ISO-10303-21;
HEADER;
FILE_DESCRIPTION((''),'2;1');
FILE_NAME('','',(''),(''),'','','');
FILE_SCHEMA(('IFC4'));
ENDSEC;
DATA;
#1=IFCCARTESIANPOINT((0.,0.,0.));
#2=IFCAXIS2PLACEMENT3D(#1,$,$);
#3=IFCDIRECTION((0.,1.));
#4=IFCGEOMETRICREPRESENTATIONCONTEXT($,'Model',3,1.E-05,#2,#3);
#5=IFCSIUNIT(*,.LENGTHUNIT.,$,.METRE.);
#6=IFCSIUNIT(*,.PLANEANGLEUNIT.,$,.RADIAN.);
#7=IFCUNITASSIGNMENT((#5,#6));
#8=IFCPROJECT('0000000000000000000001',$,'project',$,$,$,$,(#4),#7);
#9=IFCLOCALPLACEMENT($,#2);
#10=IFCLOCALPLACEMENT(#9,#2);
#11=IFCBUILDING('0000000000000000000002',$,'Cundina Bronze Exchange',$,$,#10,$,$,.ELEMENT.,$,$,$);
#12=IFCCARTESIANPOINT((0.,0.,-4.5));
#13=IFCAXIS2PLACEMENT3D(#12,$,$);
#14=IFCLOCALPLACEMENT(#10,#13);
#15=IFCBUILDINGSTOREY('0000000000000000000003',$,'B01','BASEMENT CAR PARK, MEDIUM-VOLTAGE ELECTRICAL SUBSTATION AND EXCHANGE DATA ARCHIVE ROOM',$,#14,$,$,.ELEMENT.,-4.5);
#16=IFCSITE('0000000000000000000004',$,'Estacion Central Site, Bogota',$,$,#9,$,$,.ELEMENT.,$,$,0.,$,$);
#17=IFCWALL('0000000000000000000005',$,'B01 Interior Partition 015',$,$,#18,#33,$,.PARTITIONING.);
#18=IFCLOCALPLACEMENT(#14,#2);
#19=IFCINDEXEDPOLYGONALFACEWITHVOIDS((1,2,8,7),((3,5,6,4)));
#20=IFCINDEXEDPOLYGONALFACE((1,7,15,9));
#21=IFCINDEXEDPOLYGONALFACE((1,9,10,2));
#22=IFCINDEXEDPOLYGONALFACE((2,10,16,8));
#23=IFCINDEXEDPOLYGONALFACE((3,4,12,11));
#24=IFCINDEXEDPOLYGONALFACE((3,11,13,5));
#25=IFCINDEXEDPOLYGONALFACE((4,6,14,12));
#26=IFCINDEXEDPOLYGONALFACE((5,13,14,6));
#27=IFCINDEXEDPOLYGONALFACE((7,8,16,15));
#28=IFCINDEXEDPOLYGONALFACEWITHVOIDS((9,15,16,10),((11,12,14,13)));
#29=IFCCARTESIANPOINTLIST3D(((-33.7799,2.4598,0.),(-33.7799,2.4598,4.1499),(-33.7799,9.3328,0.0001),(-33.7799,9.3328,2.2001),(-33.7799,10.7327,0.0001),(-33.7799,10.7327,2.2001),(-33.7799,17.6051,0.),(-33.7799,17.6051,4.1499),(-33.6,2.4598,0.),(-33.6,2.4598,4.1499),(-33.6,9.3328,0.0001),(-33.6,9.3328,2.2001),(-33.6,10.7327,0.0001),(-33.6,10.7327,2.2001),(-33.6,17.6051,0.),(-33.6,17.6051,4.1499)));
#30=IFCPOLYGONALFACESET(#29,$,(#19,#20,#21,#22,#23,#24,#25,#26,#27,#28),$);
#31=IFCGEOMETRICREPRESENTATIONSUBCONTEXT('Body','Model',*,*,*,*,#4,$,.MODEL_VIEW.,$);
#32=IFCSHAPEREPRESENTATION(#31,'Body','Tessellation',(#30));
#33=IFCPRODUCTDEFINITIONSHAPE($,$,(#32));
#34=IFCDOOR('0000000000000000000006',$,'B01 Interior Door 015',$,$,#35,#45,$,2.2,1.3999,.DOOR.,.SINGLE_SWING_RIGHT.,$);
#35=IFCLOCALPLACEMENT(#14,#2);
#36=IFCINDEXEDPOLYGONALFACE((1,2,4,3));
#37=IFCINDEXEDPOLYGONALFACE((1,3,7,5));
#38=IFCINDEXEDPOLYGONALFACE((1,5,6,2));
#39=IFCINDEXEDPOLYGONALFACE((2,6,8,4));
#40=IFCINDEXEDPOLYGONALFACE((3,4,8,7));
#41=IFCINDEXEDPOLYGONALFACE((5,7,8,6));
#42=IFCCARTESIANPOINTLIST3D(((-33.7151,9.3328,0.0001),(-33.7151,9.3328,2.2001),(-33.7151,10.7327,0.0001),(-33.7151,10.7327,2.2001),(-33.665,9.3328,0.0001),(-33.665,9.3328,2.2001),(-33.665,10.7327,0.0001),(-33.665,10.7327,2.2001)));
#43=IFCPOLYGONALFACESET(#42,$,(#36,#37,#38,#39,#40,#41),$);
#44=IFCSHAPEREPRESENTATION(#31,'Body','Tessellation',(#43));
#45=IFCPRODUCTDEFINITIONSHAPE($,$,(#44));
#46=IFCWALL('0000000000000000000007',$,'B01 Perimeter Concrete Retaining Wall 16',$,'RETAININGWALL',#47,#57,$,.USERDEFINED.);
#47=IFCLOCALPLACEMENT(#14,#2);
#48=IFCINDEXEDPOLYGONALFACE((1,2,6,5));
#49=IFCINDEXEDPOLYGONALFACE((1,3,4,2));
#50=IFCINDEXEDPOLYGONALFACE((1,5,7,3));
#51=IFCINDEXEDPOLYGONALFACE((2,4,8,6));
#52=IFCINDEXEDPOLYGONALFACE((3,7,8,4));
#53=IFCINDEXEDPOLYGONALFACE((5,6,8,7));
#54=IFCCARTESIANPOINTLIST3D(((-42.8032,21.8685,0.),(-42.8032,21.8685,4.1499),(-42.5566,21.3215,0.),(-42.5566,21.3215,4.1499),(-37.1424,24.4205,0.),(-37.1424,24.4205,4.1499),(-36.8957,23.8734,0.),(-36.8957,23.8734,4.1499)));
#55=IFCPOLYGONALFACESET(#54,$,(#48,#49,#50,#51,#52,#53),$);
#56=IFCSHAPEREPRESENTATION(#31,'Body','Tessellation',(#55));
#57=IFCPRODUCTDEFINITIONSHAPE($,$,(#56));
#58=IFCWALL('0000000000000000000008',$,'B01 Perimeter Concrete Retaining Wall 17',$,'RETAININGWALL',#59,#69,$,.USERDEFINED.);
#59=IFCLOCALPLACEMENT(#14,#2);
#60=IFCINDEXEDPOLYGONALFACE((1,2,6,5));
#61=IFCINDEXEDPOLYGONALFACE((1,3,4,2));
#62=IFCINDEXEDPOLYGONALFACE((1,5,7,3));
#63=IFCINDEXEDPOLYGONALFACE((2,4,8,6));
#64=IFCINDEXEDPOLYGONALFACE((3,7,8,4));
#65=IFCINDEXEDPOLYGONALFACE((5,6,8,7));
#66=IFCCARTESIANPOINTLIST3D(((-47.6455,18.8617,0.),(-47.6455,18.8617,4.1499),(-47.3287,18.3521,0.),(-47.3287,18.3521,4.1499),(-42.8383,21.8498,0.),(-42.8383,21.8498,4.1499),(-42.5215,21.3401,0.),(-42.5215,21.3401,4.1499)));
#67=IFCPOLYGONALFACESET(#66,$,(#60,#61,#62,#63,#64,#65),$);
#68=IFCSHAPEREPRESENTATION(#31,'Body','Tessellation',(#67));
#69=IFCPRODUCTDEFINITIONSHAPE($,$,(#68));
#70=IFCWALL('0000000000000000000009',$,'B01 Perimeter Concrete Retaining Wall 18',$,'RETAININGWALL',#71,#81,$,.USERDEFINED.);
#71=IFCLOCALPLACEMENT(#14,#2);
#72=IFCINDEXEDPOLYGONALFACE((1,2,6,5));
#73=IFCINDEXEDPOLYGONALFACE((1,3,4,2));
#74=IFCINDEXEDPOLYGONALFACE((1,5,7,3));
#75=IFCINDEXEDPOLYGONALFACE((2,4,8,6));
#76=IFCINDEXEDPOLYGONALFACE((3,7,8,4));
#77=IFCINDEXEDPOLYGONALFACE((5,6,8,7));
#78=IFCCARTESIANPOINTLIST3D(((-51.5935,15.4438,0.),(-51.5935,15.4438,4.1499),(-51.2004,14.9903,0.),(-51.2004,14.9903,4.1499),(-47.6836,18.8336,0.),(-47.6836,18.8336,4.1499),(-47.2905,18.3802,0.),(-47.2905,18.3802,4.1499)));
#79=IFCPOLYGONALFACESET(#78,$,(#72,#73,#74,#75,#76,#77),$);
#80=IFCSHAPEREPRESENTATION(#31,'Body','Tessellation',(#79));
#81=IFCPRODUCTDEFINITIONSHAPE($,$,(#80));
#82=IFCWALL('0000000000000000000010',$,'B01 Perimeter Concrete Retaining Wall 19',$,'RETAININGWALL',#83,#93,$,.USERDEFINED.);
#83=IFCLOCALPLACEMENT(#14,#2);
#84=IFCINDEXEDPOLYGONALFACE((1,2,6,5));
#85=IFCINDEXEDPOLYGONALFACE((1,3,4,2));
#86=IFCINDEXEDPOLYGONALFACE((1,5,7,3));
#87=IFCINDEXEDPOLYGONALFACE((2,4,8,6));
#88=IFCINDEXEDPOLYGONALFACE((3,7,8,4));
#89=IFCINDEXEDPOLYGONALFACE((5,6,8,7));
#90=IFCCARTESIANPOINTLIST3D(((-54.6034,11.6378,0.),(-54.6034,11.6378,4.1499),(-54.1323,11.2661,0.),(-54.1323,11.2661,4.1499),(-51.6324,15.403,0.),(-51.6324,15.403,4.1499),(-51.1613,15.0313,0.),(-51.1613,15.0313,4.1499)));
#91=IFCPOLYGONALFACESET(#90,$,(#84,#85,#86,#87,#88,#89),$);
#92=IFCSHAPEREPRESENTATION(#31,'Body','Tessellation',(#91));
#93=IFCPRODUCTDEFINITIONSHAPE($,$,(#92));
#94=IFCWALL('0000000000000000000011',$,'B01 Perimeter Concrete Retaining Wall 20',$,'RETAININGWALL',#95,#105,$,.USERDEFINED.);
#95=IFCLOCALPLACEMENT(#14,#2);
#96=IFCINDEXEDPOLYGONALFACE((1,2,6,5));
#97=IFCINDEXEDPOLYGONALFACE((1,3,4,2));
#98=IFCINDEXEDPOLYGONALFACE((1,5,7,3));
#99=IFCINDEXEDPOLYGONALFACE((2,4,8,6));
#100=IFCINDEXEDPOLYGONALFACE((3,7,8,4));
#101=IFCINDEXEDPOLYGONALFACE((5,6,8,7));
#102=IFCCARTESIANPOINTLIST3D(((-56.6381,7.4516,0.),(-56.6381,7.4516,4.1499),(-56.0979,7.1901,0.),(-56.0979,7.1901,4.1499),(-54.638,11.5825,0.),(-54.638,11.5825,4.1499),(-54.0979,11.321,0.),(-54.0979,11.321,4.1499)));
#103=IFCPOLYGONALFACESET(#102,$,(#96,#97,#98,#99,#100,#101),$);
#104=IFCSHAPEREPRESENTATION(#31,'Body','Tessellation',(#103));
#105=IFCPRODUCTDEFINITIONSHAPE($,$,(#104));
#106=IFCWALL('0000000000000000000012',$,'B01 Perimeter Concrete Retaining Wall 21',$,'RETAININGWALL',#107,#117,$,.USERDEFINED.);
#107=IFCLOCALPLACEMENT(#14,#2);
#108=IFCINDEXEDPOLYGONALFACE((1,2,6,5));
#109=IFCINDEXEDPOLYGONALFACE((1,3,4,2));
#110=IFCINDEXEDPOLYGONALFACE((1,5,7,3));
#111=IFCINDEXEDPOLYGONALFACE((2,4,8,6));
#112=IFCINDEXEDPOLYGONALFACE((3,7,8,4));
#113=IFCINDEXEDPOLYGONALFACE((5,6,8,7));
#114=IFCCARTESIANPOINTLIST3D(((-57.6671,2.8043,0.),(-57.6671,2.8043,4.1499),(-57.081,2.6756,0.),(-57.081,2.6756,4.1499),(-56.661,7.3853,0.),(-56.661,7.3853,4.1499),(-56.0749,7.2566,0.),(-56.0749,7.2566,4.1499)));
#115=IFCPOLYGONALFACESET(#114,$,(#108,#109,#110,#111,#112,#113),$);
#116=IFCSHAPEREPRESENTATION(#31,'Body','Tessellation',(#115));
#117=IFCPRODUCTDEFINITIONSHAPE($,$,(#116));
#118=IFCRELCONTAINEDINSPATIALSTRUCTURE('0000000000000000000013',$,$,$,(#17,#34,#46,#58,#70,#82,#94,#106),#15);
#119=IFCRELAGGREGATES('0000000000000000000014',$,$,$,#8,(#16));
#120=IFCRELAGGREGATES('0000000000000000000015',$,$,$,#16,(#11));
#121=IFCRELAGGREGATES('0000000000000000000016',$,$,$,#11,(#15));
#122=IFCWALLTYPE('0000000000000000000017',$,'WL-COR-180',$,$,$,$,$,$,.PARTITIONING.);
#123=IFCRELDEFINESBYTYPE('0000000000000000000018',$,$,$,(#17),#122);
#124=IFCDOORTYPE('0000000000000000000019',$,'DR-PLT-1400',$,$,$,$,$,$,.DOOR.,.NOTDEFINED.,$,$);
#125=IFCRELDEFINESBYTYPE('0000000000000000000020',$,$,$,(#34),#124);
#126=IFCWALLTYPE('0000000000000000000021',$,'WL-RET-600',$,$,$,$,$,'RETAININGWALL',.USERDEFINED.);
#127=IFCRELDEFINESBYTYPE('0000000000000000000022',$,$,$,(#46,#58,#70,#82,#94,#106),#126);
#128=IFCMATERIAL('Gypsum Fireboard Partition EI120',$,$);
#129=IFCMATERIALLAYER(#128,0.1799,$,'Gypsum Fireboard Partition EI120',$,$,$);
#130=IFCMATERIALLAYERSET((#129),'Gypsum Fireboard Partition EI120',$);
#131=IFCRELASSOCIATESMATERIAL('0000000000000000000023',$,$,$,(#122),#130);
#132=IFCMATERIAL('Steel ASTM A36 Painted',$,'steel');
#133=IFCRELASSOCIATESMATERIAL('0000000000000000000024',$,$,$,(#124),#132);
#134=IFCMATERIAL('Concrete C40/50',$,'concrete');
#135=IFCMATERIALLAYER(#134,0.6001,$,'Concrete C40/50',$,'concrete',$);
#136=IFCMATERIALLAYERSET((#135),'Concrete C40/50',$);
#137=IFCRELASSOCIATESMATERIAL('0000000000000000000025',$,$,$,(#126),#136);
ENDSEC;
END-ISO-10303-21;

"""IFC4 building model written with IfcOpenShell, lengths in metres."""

from ifc_helpers import new_model, si_unit, direction, frame, frame_2d, origin, place, context, subcontext, project, spatial, rectangle, extrude, material, layer, layer_set, type_object, element, fill, save


model = new_model("IFC4")

# Units and contexts
model_context = context("Model", 3, precision=1e-05, world=origin(), true_north=direction((0.0, 1.0)))
body_context = subcontext(model_context, "Body", "Model", "MODEL_VIEW")
ifc_project = project(units=[si_unit("LENGTHUNIT", "METRE"), si_unit("PLANEANGLEUNIT", "RADIAN")], contexts=[model_context])

# Site, building, storey
site_placement = place(None, origin())
site = spatial("IfcSite", under=ifc_project, at=site_placement, Name="Estacion Central Site, Bogota", CompositionType="ELEMENT", RefElevation=0.0)
building_placement = place(site_placement, origin())
building = spatial("IfcBuilding", under=site, at=building_placement, Name="Cundina Bronze Exchange", CompositionType="ELEMENT")
storey_placement = place(building_placement, frame((0.0, 0.0, -4.5)))
storey = spatial("IfcBuildingStorey", under=building, at=storey_placement, Name="B01", Description="BASEMENT CAR PARK, MEDIUM-VOLTAGE ELECTRICAL SUBSTATION AND EXCHANGE DATA ARCHIVE ROOM", CompositionType="ELEMENT", Elevation=-4.5)

# Wall, opening, door
ifc_material_1 = material(Name="Gypsum Fireboard Partition EI120")
ifc_layer_1 = layer(ifc_material_1, 0.1799, Name="Gypsum Fireboard Partition EI120")
ifc_layer_set_1 = layer_set([ifc_layer_1], Name="Gypsum Fireboard Partition EI120")
wall_type_1 = type_object("IfcWallType", Name="WL-COR-180", PredefinedType="PARTITIONING", material=ifc_layer_set_1)
wall_1_placement = place(storey_placement, frame((-33.6899, 17.6052, 0.0), z_axis=(0.0, 0.0, 1.0), x_axis=(0.0, -1.0, 0.0)))
wall_1 = element("IfcWall", 1, at=wall_1_placement, inside=storey, type_object=wall_type_1, Name="B01 Interior Partition 015", PredefinedType="PARTITIONING", context=body_context, shape_type="SweptSolid", body=[
    extrude(rectangle(XDim=15.1453, YDim=0.1799, at=frame_2d((7.5728, 0.0))), origin(), (0.0, 0.0, 1.0), 4.1499),
])
opening_placement = place(wall_1_placement, frame((6.8726, 0.0, 0.0)))
opening = element("IfcOpeningElement", 2, at=opening_placement, cuts=wall_1, PredefinedType="OPENING", context=body_context, shape_type="SweptSolid", body=[
    extrude(rectangle(XDim=1.3999, YDim=2.2, at=frame_2d((0.7, 1.1001))), frame((0.0, 0.0999, 0.0), z_axis=(0.0, -1.0, 0.0), x_axis=(1.0, 0.0, 0.0)), (0.0, 0.0, 1.0), 0.2),
])
ifc_material_2 = material(Name="Steel ASTM A36 Painted", Category="steel")
door_type = type_object("IfcDoorType", Name="DR-PLT-1400", OperationType="NOTDEFINED", PredefinedType="DOOR", material=ifc_material_2)
door_placement = place(opening_placement, origin())
door = element("IfcDoor", 3, at=door_placement, inside=storey, type_object=door_type, Name="B01 Interior Door 015", OperationType="SINGLE_SWING_RIGHT", OverallHeight=2.2, OverallWidth=1.3999, PredefinedType="DOOR", context=body_context, shape_type="SweptSolid", body=[
    extrude(rectangle(XDim=1.3999, YDim=2.2, at=frame_2d((0.7, 1.1001))), frame((0.0, 0.0249, 0.0), z_axis=(0.0, -1.0, 0.0), x_axis=(1.0, 0.0, 0.0)), (0.0, 0.0, 1.0), 0.05),
])
fill(opening, door)

# Walls
ifc_material_3 = material(Name="Concrete C40/50", Category="concrete")
ifc_layer_2 = layer(ifc_material_3, 0.6001, Name="Concrete C40/50", Category="concrete")
ifc_layer_set_2 = layer_set([ifc_layer_2], Name="Concrete C40/50")
wall_type_2 = type_object("IfcWallType", Name="WL-RET-600", ElementType="RETAININGWALL", PredefinedType="USERDEFINED", material=ifc_layer_set_2)
wall_2_placement = place(storey_placement, frame((-37.019, 24.147, 0.0), z_axis=(0.0, 0.0, 1.0), x_axis=(-0.911644, -0.410981, 0.0)))
element("IfcWall", 4, at=wall_2_placement, inside=storey, type_object=wall_type_2, Name="B01 Perimeter Concrete Retaining Wall 16", ObjectType="RETAININGWALL", PredefinedType="USERDEFINED", context=body_context, shape_type="SweptSolid", body=[
    extrude(rectangle(XDim=6.2095, YDim=0.6001, at=frame_2d((3.1047, 0.0))), origin(), (0.0, 0.0, 1.0), 4.1499),
])
wall_3_placement = place(storey_placement, frame((-42.6799, 21.595, 0.0), z_axis=(0.0, 0.0, 1.0), x_axis=(-0.849299, -0.527911, 0.0)))
element("IfcWall", 5, at=wall_3_placement, inside=storey, type_object=wall_type_2, Name="B01 Perimeter Concrete Retaining Wall 17", ObjectType="RETAININGWALL", PredefinedType="USERDEFINED", context=body_context, shape_type="SweptSolid", body=[
    extrude(rectangle(XDim=5.6602, YDim=0.6001, at=frame_2d((2.8301, 0.0))), origin(), (0.0, 0.0, 1.0), 4.1499),
])
wall_4_placement = place(storey_placement, frame((-47.4871, 18.6069, 0.0), z_axis=(0.0, 0.0, 1.0), x_axis=(-0.755565, -0.655074, 0.0)))
element("IfcWall", 6, at=wall_4_placement, inside=storey, type_object=wall_type_2, Name="B01 Perimeter Concrete Retaining Wall 18", ObjectType="RETAININGWALL", PredefinedType="USERDEFINED", context=body_context, shape_type="SweptSolid", body=[
    extrude(rectangle(XDim=5.1748, YDim=0.6001, at=frame_2d((2.5874, 0.0))), origin(), (0.0, 0.0, 1.0), 4.1499),
])
wall_5_placement = place(storey_placement, frame((-51.397, 15.217, 0.0), z_axis=(0.0, 0.0, 1.0), x_axis=(-0.619448, -0.785038, 0.0)))
element("IfcWall", 7, at=wall_5_placement, inside=storey, type_object=wall_type_2, Name="B01 Perimeter Concrete Retaining Wall 19", ObjectType="RETAININGWALL", PredefinedType="USERDEFINED", context=body_context, shape_type="SweptSolid", body=[
    extrude(rectangle(XDim=4.7961, YDim=0.6001, at=frame_2d((2.3979, 0.0))), origin(), (0.0, 0.0, 1.0), 4.1499),
])
wall_6_placement = place(storey_placement, frame((-54.3679, 11.4519, 0.0), z_axis=(0.0, 0.0, 1.0), x_axis=(-0.435772, -0.900057, 0.0)))
element("IfcWall", 8, at=wall_6_placement, inside=storey, type_object=wall_type_2, Name="B01 Perimeter Concrete Retaining Wall 20", ObjectType="RETAININGWALL", PredefinedType="USERDEFINED", context=body_context, shape_type="SweptSolid", body=[
    extrude(rectangle(XDim=4.5896, YDim=0.6001, at=frame_2d((2.2949, 0.0))), origin(), (0.0, 0.0, 1.0), 4.1499),
])
wall_7_placement = place(storey_placement, frame((-56.3679, 7.321, 0.0), z_axis=(0.0, 0.0, 1.0), x_axis=(-0.21451, -0.976722, 0.0)))
element("IfcWall", 9, at=wall_7_placement, inside=storey, type_object=wall_type_2, Name="B01 Perimeter Concrete Retaining Wall 21", ObjectType="RETAININGWALL", PredefinedType="USERDEFINED", context=body_context, shape_type="SweptSolid", body=[
    extrude(rectangle(XDim=4.6902, YDim=0.6001, at=frame_2d((2.3452, 0.0))), origin(), (0.0, 0.0, 1.0), 4.1499),
])

save(model, "model.ifc")
